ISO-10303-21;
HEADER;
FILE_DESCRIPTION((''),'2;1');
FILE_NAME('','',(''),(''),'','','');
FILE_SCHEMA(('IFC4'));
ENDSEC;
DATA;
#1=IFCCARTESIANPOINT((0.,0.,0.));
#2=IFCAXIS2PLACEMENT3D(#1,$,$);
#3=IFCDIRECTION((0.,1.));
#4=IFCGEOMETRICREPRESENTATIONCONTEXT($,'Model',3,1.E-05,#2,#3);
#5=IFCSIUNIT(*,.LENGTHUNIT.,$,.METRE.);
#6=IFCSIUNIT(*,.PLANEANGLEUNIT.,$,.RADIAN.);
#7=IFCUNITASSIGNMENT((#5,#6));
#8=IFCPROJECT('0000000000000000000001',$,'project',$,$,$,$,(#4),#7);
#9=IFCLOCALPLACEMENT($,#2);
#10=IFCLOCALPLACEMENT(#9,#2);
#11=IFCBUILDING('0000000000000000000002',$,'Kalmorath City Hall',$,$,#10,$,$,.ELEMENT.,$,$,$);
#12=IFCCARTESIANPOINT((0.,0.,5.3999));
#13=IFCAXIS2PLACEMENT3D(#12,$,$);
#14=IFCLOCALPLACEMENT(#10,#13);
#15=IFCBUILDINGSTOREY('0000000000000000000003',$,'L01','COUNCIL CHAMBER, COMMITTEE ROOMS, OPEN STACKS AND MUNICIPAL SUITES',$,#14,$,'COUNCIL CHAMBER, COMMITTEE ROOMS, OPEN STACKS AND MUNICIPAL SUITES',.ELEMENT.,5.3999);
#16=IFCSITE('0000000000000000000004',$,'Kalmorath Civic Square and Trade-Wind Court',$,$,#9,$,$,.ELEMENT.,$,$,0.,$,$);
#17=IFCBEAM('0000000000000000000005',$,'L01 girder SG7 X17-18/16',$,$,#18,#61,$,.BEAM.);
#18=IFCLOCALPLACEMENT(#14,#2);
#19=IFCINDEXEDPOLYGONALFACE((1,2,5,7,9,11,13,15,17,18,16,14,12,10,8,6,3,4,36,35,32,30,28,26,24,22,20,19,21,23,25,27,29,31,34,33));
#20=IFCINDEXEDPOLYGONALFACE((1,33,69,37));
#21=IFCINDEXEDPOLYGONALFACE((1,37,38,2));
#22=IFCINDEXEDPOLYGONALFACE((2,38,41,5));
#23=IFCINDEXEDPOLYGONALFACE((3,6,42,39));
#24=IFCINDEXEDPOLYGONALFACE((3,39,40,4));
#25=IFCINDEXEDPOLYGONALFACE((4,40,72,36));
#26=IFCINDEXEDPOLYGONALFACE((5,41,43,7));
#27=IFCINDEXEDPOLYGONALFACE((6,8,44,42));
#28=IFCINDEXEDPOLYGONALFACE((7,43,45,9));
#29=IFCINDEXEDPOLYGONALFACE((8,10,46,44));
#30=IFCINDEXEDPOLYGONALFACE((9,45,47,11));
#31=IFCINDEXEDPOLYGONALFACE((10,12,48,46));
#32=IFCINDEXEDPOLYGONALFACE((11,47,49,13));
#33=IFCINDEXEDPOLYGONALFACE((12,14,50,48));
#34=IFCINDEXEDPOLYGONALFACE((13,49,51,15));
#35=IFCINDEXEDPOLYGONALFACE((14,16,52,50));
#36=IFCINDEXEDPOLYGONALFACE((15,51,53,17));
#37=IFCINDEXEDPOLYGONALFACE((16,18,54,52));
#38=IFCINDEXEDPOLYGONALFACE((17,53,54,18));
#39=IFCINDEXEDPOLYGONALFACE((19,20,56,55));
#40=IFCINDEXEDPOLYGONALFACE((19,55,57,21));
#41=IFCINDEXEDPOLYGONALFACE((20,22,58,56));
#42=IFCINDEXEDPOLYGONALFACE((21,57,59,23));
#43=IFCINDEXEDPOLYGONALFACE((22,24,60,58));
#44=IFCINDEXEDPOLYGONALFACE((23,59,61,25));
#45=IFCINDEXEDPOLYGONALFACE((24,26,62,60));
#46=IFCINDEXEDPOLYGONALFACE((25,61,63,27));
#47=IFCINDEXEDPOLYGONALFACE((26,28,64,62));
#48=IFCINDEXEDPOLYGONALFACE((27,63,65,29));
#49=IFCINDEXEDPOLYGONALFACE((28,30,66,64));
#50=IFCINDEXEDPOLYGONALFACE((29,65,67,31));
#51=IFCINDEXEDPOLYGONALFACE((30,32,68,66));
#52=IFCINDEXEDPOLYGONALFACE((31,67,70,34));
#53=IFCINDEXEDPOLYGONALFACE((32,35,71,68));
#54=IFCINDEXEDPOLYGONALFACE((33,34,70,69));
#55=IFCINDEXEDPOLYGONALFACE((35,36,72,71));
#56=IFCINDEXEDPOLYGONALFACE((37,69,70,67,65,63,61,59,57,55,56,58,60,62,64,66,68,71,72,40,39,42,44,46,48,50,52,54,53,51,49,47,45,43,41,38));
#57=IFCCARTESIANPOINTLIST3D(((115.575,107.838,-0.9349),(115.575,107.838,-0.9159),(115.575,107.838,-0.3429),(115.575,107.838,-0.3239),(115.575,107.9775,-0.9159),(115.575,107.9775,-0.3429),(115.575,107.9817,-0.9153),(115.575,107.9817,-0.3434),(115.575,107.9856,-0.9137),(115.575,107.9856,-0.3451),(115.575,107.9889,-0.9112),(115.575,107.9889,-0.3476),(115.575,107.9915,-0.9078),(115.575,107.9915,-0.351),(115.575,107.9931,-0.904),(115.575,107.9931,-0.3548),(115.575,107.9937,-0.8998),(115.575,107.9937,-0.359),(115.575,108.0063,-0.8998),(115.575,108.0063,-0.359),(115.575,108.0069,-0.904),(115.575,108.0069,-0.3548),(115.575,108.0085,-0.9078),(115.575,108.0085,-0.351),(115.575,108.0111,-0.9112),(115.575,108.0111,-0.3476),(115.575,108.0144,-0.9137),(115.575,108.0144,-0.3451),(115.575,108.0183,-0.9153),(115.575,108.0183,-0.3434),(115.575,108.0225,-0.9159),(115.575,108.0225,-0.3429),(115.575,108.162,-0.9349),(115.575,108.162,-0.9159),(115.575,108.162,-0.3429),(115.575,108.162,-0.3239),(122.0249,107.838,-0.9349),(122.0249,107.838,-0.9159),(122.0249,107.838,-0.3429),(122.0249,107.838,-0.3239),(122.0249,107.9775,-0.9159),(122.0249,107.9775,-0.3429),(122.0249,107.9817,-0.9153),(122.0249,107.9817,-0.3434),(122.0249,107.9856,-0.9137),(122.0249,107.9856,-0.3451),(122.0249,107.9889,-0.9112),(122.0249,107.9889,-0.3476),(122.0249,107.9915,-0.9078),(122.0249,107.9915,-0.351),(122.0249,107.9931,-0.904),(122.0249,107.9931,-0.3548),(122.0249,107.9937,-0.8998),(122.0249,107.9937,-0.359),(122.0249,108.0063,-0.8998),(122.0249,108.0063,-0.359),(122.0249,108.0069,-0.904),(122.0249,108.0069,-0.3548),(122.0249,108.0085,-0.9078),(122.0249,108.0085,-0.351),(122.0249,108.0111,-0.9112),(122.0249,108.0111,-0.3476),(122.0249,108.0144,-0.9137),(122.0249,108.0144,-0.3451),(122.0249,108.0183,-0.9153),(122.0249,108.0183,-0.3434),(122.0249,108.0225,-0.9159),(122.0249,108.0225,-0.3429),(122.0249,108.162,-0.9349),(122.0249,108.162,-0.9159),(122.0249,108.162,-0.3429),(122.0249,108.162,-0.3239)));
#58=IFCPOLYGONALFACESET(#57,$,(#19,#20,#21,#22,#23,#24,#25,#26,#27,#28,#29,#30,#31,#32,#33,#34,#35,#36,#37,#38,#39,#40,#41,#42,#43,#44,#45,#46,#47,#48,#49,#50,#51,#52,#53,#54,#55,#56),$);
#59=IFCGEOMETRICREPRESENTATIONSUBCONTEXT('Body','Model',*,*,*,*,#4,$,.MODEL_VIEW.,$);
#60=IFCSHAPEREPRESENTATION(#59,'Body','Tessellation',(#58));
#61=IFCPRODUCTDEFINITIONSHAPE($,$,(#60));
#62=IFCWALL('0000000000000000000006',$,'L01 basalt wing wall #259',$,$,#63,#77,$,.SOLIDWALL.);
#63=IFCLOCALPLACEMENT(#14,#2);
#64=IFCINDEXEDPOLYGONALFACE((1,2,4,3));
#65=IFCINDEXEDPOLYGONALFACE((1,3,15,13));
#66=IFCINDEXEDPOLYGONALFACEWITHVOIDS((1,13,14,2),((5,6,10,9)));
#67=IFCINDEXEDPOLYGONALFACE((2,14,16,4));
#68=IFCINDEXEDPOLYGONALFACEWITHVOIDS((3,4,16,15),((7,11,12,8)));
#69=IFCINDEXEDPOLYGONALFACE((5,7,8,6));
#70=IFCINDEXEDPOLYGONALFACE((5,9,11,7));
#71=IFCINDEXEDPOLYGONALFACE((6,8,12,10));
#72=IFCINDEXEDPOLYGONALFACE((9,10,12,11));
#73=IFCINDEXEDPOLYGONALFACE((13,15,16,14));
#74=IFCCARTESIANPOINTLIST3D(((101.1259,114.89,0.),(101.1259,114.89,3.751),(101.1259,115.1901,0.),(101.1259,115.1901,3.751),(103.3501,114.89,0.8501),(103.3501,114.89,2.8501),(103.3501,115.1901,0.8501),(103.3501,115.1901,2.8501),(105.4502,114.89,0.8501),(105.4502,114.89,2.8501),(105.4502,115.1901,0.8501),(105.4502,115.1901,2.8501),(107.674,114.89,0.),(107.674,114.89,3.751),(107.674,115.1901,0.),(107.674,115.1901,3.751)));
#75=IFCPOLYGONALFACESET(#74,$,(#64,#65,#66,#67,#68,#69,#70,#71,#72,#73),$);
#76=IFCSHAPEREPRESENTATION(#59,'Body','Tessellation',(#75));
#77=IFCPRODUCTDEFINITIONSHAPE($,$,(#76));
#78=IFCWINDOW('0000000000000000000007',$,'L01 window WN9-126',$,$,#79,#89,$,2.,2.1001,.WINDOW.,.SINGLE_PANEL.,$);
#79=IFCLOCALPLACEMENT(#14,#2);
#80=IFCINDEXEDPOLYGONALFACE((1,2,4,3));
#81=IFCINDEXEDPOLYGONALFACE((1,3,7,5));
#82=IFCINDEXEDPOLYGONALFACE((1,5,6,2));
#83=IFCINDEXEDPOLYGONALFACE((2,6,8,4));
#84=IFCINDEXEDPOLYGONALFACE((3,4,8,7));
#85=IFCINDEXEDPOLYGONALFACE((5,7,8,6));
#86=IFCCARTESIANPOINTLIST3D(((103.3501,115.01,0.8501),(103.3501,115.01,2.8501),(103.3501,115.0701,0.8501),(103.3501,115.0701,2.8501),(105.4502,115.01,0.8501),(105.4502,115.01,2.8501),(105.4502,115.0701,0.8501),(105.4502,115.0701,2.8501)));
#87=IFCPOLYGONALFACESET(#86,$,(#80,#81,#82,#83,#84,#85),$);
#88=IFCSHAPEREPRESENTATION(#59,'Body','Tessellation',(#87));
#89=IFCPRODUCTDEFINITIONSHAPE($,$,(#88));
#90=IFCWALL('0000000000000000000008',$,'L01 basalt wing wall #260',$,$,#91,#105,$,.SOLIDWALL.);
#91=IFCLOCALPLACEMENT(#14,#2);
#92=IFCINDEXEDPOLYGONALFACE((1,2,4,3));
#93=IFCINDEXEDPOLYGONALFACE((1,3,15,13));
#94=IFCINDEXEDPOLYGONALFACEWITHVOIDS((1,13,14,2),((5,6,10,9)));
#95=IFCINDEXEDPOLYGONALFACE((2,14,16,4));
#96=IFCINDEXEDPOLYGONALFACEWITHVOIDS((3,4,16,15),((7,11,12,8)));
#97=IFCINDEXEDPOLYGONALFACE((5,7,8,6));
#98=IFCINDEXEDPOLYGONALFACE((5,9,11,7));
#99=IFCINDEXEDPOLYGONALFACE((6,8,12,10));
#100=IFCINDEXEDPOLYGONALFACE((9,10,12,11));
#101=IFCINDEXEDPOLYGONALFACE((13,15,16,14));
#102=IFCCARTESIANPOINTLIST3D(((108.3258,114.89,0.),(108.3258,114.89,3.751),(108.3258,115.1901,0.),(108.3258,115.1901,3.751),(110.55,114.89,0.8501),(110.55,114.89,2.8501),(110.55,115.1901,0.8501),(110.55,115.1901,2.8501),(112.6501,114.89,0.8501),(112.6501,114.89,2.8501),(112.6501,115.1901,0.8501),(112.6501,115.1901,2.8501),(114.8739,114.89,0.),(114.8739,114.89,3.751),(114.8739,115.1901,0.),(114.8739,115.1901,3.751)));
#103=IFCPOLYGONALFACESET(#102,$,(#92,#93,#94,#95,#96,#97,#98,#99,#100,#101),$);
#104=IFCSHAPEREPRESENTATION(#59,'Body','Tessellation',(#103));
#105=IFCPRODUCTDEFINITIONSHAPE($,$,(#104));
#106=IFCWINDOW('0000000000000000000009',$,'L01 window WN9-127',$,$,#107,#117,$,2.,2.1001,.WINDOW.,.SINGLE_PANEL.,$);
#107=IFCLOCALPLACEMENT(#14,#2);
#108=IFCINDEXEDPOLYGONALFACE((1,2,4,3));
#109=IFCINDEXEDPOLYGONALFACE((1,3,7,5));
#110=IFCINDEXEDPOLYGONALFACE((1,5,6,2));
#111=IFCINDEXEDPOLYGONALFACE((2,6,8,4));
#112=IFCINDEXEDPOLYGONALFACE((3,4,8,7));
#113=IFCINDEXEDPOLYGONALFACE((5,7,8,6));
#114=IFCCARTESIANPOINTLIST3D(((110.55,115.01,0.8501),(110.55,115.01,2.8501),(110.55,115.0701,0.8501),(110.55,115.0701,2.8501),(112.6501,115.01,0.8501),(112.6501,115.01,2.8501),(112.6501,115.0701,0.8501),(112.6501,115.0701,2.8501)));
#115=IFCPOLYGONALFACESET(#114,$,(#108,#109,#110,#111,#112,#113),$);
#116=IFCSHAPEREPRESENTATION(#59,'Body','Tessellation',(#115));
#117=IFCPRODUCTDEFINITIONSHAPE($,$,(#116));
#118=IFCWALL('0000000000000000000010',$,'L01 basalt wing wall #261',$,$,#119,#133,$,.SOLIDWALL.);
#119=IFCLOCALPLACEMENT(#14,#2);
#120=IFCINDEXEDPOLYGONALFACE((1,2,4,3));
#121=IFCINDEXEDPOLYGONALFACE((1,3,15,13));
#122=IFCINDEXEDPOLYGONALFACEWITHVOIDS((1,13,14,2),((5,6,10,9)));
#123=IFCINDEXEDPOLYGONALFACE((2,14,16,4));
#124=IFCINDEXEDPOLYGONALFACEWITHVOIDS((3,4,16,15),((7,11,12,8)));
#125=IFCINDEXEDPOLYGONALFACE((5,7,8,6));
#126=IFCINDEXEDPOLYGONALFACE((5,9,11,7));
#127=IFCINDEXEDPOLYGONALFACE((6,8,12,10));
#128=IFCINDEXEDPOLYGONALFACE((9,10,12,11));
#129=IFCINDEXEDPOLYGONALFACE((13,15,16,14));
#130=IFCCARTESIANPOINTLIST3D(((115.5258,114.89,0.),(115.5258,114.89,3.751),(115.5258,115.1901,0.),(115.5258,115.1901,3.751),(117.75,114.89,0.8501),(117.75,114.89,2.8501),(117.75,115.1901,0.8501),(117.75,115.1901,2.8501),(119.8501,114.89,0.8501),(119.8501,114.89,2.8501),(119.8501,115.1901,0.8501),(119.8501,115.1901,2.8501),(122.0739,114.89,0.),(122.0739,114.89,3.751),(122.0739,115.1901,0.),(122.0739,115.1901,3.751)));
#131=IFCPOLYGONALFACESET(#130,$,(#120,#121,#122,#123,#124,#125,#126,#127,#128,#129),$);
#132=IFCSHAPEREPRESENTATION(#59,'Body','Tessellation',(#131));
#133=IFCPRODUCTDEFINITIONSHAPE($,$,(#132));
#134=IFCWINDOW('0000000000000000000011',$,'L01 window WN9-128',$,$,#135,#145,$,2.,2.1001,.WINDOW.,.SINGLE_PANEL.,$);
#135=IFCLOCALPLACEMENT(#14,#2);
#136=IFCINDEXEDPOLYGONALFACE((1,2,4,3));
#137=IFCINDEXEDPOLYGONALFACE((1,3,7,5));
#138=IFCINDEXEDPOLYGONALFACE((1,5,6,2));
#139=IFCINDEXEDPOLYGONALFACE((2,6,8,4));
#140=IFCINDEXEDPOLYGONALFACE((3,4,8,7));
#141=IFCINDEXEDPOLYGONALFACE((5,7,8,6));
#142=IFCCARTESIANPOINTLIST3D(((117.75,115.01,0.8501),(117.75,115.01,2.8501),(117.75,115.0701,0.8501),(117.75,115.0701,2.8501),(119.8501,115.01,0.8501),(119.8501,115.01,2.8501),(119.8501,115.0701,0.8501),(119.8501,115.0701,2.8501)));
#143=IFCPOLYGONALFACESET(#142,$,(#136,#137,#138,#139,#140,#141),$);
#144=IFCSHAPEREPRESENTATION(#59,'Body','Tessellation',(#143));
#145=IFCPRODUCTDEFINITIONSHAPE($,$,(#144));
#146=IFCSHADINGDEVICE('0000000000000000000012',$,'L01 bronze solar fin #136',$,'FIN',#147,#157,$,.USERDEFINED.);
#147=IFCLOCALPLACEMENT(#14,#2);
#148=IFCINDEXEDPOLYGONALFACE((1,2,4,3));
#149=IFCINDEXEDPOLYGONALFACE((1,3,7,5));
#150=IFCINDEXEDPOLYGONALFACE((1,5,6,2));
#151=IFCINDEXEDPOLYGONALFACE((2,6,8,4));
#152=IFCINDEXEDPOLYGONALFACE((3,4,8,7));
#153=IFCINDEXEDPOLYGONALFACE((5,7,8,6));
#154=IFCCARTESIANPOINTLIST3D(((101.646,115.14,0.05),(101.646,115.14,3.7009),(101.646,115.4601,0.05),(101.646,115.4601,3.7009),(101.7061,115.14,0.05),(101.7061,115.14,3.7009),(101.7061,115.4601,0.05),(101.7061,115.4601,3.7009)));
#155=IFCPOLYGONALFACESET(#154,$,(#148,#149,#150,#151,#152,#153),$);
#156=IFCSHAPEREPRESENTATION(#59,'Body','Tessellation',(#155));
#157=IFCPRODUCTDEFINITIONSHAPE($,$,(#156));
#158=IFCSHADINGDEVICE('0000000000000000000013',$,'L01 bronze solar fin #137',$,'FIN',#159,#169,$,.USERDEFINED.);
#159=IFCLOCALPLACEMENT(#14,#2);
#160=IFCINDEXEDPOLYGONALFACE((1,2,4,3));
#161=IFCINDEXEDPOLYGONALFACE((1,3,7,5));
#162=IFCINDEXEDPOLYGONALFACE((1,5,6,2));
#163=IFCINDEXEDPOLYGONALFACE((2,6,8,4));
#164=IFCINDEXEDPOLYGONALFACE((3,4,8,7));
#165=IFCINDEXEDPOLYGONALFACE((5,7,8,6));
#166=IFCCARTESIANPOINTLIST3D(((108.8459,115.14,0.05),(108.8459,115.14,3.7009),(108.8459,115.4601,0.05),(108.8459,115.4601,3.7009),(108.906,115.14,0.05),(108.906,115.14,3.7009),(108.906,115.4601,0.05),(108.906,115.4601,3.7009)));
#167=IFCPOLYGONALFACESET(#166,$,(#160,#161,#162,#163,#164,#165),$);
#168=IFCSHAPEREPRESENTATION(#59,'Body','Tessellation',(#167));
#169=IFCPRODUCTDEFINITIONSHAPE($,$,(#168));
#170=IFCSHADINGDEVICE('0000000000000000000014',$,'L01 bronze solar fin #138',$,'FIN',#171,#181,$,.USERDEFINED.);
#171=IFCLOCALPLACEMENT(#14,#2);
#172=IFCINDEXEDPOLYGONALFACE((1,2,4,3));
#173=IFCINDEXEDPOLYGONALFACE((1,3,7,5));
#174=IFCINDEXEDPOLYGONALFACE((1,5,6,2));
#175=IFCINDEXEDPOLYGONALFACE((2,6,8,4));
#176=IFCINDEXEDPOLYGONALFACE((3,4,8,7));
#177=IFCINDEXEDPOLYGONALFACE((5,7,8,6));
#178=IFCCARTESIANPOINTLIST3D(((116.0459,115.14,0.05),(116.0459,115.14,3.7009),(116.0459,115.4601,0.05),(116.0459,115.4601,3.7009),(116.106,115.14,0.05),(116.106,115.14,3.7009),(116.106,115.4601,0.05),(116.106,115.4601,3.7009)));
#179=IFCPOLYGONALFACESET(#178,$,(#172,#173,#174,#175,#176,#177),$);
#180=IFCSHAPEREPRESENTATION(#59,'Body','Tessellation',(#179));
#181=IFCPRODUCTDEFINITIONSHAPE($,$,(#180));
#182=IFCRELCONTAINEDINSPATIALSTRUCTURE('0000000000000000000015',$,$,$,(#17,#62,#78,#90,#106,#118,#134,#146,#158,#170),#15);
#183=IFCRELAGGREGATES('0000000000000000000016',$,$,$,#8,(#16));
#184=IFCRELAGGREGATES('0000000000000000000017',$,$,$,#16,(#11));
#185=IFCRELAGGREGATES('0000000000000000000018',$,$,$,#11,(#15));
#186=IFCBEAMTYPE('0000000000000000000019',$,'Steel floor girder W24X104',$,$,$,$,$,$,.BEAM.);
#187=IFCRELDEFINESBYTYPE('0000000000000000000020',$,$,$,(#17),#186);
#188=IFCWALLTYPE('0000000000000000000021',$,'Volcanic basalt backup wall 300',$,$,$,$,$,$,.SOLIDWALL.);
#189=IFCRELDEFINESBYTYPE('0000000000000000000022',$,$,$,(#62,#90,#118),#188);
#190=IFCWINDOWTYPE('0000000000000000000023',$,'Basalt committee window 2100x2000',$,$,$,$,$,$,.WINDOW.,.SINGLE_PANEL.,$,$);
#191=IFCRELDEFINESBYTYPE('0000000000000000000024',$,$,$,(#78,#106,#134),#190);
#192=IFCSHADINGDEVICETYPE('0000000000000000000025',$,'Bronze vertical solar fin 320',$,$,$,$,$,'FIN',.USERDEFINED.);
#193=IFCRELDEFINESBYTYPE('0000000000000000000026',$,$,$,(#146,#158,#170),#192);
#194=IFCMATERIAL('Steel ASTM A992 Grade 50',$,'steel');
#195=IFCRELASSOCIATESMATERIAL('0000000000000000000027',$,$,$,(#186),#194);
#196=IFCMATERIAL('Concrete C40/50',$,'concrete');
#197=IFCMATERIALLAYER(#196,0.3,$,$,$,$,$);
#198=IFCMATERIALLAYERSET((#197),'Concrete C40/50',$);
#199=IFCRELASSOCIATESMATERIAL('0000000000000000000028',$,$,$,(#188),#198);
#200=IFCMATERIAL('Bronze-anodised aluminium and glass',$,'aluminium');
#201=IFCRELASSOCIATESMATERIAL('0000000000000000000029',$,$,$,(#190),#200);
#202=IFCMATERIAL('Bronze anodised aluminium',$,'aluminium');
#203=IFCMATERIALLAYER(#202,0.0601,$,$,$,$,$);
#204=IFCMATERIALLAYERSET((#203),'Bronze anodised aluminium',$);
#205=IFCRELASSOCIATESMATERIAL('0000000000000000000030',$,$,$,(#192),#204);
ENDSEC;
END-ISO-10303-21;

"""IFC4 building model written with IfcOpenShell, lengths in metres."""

from ifc_helpers import new_model, si_unit, direction, frame, frame_2d, origin, origin_2d, place, context, subcontext, project, spatial, rectangle, i_section, extrude, material, layer, layer_set, material_profile, profile_set, type_object, element, fill, save


model = new_model("IFC4")

# Units and contexts
model_context = context("Model", 3, precision=1e-05, world=origin(), true_north=direction((0.0, 1.0)))
body_context = subcontext(model_context, "Body", "Model", "MODEL_VIEW")
ifc_project = project(units=[si_unit("LENGTHUNIT", "METRE"), si_unit("PLANEANGLEUNIT", "RADIAN")], contexts=[model_context])

# Site, building, storey
site_placement = place(None, origin())
site = spatial("IfcSite", under=ifc_project, at=site_placement, Name="Kalmorath Civic Square and Trade-Wind Court", CompositionType="ELEMENT", RefElevation=0.0)
building_placement = place(site_placement, origin())
building = spatial("IfcBuilding", under=site, at=building_placement, Name="Kalmorath City Hall", CompositionType="ELEMENT")
storey_placement = place(building_placement, frame((0.0, 0.0, 5.3999)))
storey = spatial("IfcBuildingStorey", under=building, at=storey_placement, Name="L01", Description="COUNCIL CHAMBER, COMMITTEE ROOMS, OPEN STACKS AND MUNICIPAL SUITES", LongName="COUNCIL CHAMBER, COMMITTEE ROOMS, OPEN STACKS AND MUNICIPAL SUITES", CompositionType="ELEMENT", Elevation=5.3999)

# Beam
ifc_material_1 = material(Name="Steel ASTM A992 Grade 50", Category="steel")
ifc_material_profile_1 = material_profile(ifc_material_1, i_section(OverallWidth=0.324, OverallDepth=0.6111, WebThickness=0.0127, FlangeThickness=0.019, FilletRadius=0.0161, at=origin_2d()), Name="W24X104")
ifc_profile_set_1 = profile_set([ifc_material_profile_1], Name="Steel ASTM A992 Grade 50")
beam_type_1 = type_object("IfcBeamType", Name="Steel floor girder W24X104", PredefinedType="BEAM", material=ifc_profile_set_1)
for number, where, z_axis, x_axis, name in (
    (1, (115.575, 108.0, -0.6294), (1.0, 0.0, 0.0), (0.0, 1.0, 0.0), "L01 girder SG7 X17-18/16"),
):
    element("IfcBeam", number, at=place(storey_placement, frame(where, z_axis=z_axis, x_axis=x_axis)), inside=storey, type_object=beam_type_1, Name=name, PredefinedType="BEAM", context=body_context, shape_type="SweptSolid", body=[
        extrude(i_section(OverallWidth=0.324, OverallDepth=0.6111, WebThickness=0.0127, FlangeThickness=0.019, FilletRadius=0.0161, at=origin_2d()), origin(), (0.0, 0.0, 1.0), 6.45),
    ])

# Walls, openings, windows
ifc_material_2 = material(Name="Concrete C40/50", Category="concrete")
ifc_layer_1 = layer(ifc_material_2, 0.3)
ifc_layer_set_1 = layer_set([ifc_layer_1], Name="Concrete C40/50")
wall_type = type_object("IfcWallType", Name="Volcanic basalt backup wall 300", PredefinedType="SOLIDWALL", material=ifc_layer_set_1)
wall_1_placement = place(storey_placement, frame((101.126, 115.04, 0.0), z_axis=(0.0, 0.0, 1.0), x_axis=(1.0, 0.0, 0.0)))
wall_1 = element("IfcWall", 2, at=wall_1_placement, inside=storey, type_object=wall_type, Name="L01 basalt wing wall #259", PredefinedType="SOLIDWALL", context=body_context, shape_type="SweptSolid", body=[
    extrude(rectangle(XDim=6.5481, YDim=0.3, at=frame_2d((3.2739, 0.0))), origin(), (0.0, 0.0, 1.0), 3.751),
])
opening_1_placement = place(wall_1_placement, frame((2.2241, 0.0, 0.8501)))
opening_1 = element("IfcOpeningElement", 3, at=opening_1_placement, cuts=wall_1, PredefinedType="OPENING", context=body_context, shape_type="SweptSolid", body=[
    extrude(rectangle(XDim=2.1001, YDim=2.0, at=frame_2d((1.05, 1.0))), frame((0.0, 0.1599, 0.0), z_axis=(0.0, -1.0, 0.0), x_axis=(1.0, 0.0, 0.0)), (0.0, 0.0, 1.0), 0.3201),
])
ifc_material_3 = material(Name="Bronze-anodised aluminium and glass", Category="aluminium")
window_type = type_object("IfcWindowType", Name="Basalt committee window 2100x2000", PartitioningType="SINGLE_PANEL", PredefinedType="WINDOW", material=ifc_material_3)
window_1_placement = place(opening_1_placement, origin())
window_1 = element("IfcWindow", 4, at=window_1_placement, inside=storey, type_object=window_type, Name="L01 window WN9-126", OverallHeight=2.0, OverallWidth=2.1001, PartitioningType="SINGLE_PANEL", PredefinedType="WINDOW", context=body_context, shape_type="SweptSolid", body=[
    extrude(rectangle(XDim=2.1001, YDim=2.0, at=frame_2d((1.05, 1.0))), frame((0.0, 0.03, 0.0), z_axis=(0.0, -1.0, 0.0), x_axis=(1.0, 0.0, 0.0)), (0.0, 0.0, 1.0), 0.0601),
])
fill(opening_1, window_1)
wall_2_placement = place(storey_placement, frame((108.3259, 115.04, 0.0), z_axis=(0.0, 0.0, 1.0), x_axis=(1.0, 0.0, 0.0)))
wall_2 = element("IfcWall", 5, at=wall_2_placement, inside=storey, type_object=wall_type, Name="L01 basalt wing wall #260", PredefinedType="SOLIDWALL", context=body_context, shape_type="SweptSolid", body=[
    extrude(rectangle(XDim=6.5481, YDim=0.3, at=frame_2d((3.2739, 0.0))), origin(), (0.0, 0.0, 1.0), 3.751),
])
opening_2_placement = place(wall_2_placement, frame((2.2241, 0.0, 0.8501)))
opening_2 = element("IfcOpeningElement", 6, at=opening_2_placement, cuts=wall_2, PredefinedType="OPENING", context=body_context, shape_type="SweptSolid", body=[
    extrude(rectangle(XDim=2.1001, YDim=2.0, at=frame_2d((1.05, 1.0))), frame((0.0, 0.1599, 0.0), z_axis=(0.0, -1.0, 0.0), x_axis=(1.0, 0.0, 0.0)), (0.0, 0.0, 1.0), 0.3201),
])
window_2_placement = place(opening_2_placement, origin())
window_2 = element("IfcWindow", 7, at=window_2_placement, inside=storey, type_object=window_type, Name="L01 window WN9-127", OverallHeight=2.0, OverallWidth=2.1001, PartitioningType="SINGLE_PANEL", PredefinedType="WINDOW", context=body_context, shape_type="SweptSolid", body=[
    extrude(rectangle(XDim=2.1001, YDim=2.0, at=frame_2d((1.05, 1.0))), frame((0.0, 0.03, 0.0), z_axis=(0.0, -1.0, 0.0), x_axis=(1.0, 0.0, 0.0)), (0.0, 0.0, 1.0), 0.0601),
])
fill(opening_2, window_2)
wall_3_placement = place(storey_placement, frame((115.5259, 115.04, 0.0), z_axis=(0.0, 0.0, 1.0), x_axis=(1.0, 0.0, 0.0)))
wall_3 = element("IfcWall", 8, at=wall_3_placement, inside=storey, type_object=wall_type, Name="L01 basalt wing wall #261", PredefinedType="SOLIDWALL", context=body_context, shape_type="SweptSolid", body=[
    extrude(rectangle(XDim=6.5481, YDim=0.3, at=frame_2d((3.2739, 0.0))), origin(), (0.0, 0.0, 1.0), 3.751),
])
opening_3_placement = place(wall_3_placement, frame((2.2241, 0.0, 0.8501)))
opening_3 = element("IfcOpeningElement", 9, at=opening_3_placement, cuts=wall_3, PredefinedType="OPENING", context=body_context, shape_type="SweptSolid", body=[
    extrude(rectangle(XDim=2.1001, YDim=2.0, at=frame_2d((1.05, 1.0))), frame((0.0, 0.1599, 0.0), z_axis=(0.0, -1.0, 0.0), x_axis=(1.0, 0.0, 0.0)), (0.0, 0.0, 1.0), 0.3201),
])
window_3_placement = place(opening_3_placement, origin())
window_3 = element("IfcWindow", 10, at=window_3_placement, inside=storey, type_object=window_type, Name="L01 window WN9-128", OverallHeight=2.0, OverallWidth=2.1001, PartitioningType="SINGLE_PANEL", PredefinedType="WINDOW", context=body_context, shape_type="SweptSolid", body=[
    extrude(rectangle(XDim=2.1001, YDim=2.0, at=frame_2d((1.05, 1.0))), frame((0.0, 0.03, 0.0), z_axis=(0.0, -1.0, 0.0), x_axis=(1.0, 0.0, 0.0)), (0.0, 0.0, 1.0), 0.0601),
])
fill(opening_3, window_3)

# Shading devices
ifc_material_4 = material(Name="Bronze anodised aluminium", Category="aluminium")
ifc_layer_2 = layer(ifc_material_4, 0.0601)
ifc_layer_set_2 = layer_set([ifc_layer_2], Name="Bronze anodised aluminium")
shading_device_type = type_object("IfcShadingDeviceType", Name="Bronze vertical solar fin 320", ElementType="FIN", PredefinedType="USERDEFINED", material=ifc_layer_set_2)
for number, where, z_axis, x_axis, name in (
    (11, (101.676, 115.3, 0.05), (0.0, 0.0, 1.0), (1.0, 0.0, 0.0), "L01 bronze solar fin #136"),
    (12, (108.876, 115.3, 0.05), (0.0, 0.0, 1.0), (1.0, 0.0, 0.0), "L01 bronze solar fin #137"),
    (13, (116.0759, 115.3, 0.05), (0.0, 0.0, 1.0), (1.0, 0.0, 0.0), "L01 bronze solar fin #138"),
):
    element("IfcShadingDevice", number, at=place(storey_placement, frame(where, z_axis=z_axis, x_axis=x_axis)), inside=storey, type_object=shading_device_type, Name=name, ObjectType="FIN", PredefinedType="USERDEFINED", context=body_context, shape_type="SweptSolid", body=[
        extrude(rectangle(XDim=0.0601, YDim=0.3201, at=origin_2d()), origin(), (0.0, 0.0, 1.0), 3.6509),
    ])

save(model, "model.ifc")
